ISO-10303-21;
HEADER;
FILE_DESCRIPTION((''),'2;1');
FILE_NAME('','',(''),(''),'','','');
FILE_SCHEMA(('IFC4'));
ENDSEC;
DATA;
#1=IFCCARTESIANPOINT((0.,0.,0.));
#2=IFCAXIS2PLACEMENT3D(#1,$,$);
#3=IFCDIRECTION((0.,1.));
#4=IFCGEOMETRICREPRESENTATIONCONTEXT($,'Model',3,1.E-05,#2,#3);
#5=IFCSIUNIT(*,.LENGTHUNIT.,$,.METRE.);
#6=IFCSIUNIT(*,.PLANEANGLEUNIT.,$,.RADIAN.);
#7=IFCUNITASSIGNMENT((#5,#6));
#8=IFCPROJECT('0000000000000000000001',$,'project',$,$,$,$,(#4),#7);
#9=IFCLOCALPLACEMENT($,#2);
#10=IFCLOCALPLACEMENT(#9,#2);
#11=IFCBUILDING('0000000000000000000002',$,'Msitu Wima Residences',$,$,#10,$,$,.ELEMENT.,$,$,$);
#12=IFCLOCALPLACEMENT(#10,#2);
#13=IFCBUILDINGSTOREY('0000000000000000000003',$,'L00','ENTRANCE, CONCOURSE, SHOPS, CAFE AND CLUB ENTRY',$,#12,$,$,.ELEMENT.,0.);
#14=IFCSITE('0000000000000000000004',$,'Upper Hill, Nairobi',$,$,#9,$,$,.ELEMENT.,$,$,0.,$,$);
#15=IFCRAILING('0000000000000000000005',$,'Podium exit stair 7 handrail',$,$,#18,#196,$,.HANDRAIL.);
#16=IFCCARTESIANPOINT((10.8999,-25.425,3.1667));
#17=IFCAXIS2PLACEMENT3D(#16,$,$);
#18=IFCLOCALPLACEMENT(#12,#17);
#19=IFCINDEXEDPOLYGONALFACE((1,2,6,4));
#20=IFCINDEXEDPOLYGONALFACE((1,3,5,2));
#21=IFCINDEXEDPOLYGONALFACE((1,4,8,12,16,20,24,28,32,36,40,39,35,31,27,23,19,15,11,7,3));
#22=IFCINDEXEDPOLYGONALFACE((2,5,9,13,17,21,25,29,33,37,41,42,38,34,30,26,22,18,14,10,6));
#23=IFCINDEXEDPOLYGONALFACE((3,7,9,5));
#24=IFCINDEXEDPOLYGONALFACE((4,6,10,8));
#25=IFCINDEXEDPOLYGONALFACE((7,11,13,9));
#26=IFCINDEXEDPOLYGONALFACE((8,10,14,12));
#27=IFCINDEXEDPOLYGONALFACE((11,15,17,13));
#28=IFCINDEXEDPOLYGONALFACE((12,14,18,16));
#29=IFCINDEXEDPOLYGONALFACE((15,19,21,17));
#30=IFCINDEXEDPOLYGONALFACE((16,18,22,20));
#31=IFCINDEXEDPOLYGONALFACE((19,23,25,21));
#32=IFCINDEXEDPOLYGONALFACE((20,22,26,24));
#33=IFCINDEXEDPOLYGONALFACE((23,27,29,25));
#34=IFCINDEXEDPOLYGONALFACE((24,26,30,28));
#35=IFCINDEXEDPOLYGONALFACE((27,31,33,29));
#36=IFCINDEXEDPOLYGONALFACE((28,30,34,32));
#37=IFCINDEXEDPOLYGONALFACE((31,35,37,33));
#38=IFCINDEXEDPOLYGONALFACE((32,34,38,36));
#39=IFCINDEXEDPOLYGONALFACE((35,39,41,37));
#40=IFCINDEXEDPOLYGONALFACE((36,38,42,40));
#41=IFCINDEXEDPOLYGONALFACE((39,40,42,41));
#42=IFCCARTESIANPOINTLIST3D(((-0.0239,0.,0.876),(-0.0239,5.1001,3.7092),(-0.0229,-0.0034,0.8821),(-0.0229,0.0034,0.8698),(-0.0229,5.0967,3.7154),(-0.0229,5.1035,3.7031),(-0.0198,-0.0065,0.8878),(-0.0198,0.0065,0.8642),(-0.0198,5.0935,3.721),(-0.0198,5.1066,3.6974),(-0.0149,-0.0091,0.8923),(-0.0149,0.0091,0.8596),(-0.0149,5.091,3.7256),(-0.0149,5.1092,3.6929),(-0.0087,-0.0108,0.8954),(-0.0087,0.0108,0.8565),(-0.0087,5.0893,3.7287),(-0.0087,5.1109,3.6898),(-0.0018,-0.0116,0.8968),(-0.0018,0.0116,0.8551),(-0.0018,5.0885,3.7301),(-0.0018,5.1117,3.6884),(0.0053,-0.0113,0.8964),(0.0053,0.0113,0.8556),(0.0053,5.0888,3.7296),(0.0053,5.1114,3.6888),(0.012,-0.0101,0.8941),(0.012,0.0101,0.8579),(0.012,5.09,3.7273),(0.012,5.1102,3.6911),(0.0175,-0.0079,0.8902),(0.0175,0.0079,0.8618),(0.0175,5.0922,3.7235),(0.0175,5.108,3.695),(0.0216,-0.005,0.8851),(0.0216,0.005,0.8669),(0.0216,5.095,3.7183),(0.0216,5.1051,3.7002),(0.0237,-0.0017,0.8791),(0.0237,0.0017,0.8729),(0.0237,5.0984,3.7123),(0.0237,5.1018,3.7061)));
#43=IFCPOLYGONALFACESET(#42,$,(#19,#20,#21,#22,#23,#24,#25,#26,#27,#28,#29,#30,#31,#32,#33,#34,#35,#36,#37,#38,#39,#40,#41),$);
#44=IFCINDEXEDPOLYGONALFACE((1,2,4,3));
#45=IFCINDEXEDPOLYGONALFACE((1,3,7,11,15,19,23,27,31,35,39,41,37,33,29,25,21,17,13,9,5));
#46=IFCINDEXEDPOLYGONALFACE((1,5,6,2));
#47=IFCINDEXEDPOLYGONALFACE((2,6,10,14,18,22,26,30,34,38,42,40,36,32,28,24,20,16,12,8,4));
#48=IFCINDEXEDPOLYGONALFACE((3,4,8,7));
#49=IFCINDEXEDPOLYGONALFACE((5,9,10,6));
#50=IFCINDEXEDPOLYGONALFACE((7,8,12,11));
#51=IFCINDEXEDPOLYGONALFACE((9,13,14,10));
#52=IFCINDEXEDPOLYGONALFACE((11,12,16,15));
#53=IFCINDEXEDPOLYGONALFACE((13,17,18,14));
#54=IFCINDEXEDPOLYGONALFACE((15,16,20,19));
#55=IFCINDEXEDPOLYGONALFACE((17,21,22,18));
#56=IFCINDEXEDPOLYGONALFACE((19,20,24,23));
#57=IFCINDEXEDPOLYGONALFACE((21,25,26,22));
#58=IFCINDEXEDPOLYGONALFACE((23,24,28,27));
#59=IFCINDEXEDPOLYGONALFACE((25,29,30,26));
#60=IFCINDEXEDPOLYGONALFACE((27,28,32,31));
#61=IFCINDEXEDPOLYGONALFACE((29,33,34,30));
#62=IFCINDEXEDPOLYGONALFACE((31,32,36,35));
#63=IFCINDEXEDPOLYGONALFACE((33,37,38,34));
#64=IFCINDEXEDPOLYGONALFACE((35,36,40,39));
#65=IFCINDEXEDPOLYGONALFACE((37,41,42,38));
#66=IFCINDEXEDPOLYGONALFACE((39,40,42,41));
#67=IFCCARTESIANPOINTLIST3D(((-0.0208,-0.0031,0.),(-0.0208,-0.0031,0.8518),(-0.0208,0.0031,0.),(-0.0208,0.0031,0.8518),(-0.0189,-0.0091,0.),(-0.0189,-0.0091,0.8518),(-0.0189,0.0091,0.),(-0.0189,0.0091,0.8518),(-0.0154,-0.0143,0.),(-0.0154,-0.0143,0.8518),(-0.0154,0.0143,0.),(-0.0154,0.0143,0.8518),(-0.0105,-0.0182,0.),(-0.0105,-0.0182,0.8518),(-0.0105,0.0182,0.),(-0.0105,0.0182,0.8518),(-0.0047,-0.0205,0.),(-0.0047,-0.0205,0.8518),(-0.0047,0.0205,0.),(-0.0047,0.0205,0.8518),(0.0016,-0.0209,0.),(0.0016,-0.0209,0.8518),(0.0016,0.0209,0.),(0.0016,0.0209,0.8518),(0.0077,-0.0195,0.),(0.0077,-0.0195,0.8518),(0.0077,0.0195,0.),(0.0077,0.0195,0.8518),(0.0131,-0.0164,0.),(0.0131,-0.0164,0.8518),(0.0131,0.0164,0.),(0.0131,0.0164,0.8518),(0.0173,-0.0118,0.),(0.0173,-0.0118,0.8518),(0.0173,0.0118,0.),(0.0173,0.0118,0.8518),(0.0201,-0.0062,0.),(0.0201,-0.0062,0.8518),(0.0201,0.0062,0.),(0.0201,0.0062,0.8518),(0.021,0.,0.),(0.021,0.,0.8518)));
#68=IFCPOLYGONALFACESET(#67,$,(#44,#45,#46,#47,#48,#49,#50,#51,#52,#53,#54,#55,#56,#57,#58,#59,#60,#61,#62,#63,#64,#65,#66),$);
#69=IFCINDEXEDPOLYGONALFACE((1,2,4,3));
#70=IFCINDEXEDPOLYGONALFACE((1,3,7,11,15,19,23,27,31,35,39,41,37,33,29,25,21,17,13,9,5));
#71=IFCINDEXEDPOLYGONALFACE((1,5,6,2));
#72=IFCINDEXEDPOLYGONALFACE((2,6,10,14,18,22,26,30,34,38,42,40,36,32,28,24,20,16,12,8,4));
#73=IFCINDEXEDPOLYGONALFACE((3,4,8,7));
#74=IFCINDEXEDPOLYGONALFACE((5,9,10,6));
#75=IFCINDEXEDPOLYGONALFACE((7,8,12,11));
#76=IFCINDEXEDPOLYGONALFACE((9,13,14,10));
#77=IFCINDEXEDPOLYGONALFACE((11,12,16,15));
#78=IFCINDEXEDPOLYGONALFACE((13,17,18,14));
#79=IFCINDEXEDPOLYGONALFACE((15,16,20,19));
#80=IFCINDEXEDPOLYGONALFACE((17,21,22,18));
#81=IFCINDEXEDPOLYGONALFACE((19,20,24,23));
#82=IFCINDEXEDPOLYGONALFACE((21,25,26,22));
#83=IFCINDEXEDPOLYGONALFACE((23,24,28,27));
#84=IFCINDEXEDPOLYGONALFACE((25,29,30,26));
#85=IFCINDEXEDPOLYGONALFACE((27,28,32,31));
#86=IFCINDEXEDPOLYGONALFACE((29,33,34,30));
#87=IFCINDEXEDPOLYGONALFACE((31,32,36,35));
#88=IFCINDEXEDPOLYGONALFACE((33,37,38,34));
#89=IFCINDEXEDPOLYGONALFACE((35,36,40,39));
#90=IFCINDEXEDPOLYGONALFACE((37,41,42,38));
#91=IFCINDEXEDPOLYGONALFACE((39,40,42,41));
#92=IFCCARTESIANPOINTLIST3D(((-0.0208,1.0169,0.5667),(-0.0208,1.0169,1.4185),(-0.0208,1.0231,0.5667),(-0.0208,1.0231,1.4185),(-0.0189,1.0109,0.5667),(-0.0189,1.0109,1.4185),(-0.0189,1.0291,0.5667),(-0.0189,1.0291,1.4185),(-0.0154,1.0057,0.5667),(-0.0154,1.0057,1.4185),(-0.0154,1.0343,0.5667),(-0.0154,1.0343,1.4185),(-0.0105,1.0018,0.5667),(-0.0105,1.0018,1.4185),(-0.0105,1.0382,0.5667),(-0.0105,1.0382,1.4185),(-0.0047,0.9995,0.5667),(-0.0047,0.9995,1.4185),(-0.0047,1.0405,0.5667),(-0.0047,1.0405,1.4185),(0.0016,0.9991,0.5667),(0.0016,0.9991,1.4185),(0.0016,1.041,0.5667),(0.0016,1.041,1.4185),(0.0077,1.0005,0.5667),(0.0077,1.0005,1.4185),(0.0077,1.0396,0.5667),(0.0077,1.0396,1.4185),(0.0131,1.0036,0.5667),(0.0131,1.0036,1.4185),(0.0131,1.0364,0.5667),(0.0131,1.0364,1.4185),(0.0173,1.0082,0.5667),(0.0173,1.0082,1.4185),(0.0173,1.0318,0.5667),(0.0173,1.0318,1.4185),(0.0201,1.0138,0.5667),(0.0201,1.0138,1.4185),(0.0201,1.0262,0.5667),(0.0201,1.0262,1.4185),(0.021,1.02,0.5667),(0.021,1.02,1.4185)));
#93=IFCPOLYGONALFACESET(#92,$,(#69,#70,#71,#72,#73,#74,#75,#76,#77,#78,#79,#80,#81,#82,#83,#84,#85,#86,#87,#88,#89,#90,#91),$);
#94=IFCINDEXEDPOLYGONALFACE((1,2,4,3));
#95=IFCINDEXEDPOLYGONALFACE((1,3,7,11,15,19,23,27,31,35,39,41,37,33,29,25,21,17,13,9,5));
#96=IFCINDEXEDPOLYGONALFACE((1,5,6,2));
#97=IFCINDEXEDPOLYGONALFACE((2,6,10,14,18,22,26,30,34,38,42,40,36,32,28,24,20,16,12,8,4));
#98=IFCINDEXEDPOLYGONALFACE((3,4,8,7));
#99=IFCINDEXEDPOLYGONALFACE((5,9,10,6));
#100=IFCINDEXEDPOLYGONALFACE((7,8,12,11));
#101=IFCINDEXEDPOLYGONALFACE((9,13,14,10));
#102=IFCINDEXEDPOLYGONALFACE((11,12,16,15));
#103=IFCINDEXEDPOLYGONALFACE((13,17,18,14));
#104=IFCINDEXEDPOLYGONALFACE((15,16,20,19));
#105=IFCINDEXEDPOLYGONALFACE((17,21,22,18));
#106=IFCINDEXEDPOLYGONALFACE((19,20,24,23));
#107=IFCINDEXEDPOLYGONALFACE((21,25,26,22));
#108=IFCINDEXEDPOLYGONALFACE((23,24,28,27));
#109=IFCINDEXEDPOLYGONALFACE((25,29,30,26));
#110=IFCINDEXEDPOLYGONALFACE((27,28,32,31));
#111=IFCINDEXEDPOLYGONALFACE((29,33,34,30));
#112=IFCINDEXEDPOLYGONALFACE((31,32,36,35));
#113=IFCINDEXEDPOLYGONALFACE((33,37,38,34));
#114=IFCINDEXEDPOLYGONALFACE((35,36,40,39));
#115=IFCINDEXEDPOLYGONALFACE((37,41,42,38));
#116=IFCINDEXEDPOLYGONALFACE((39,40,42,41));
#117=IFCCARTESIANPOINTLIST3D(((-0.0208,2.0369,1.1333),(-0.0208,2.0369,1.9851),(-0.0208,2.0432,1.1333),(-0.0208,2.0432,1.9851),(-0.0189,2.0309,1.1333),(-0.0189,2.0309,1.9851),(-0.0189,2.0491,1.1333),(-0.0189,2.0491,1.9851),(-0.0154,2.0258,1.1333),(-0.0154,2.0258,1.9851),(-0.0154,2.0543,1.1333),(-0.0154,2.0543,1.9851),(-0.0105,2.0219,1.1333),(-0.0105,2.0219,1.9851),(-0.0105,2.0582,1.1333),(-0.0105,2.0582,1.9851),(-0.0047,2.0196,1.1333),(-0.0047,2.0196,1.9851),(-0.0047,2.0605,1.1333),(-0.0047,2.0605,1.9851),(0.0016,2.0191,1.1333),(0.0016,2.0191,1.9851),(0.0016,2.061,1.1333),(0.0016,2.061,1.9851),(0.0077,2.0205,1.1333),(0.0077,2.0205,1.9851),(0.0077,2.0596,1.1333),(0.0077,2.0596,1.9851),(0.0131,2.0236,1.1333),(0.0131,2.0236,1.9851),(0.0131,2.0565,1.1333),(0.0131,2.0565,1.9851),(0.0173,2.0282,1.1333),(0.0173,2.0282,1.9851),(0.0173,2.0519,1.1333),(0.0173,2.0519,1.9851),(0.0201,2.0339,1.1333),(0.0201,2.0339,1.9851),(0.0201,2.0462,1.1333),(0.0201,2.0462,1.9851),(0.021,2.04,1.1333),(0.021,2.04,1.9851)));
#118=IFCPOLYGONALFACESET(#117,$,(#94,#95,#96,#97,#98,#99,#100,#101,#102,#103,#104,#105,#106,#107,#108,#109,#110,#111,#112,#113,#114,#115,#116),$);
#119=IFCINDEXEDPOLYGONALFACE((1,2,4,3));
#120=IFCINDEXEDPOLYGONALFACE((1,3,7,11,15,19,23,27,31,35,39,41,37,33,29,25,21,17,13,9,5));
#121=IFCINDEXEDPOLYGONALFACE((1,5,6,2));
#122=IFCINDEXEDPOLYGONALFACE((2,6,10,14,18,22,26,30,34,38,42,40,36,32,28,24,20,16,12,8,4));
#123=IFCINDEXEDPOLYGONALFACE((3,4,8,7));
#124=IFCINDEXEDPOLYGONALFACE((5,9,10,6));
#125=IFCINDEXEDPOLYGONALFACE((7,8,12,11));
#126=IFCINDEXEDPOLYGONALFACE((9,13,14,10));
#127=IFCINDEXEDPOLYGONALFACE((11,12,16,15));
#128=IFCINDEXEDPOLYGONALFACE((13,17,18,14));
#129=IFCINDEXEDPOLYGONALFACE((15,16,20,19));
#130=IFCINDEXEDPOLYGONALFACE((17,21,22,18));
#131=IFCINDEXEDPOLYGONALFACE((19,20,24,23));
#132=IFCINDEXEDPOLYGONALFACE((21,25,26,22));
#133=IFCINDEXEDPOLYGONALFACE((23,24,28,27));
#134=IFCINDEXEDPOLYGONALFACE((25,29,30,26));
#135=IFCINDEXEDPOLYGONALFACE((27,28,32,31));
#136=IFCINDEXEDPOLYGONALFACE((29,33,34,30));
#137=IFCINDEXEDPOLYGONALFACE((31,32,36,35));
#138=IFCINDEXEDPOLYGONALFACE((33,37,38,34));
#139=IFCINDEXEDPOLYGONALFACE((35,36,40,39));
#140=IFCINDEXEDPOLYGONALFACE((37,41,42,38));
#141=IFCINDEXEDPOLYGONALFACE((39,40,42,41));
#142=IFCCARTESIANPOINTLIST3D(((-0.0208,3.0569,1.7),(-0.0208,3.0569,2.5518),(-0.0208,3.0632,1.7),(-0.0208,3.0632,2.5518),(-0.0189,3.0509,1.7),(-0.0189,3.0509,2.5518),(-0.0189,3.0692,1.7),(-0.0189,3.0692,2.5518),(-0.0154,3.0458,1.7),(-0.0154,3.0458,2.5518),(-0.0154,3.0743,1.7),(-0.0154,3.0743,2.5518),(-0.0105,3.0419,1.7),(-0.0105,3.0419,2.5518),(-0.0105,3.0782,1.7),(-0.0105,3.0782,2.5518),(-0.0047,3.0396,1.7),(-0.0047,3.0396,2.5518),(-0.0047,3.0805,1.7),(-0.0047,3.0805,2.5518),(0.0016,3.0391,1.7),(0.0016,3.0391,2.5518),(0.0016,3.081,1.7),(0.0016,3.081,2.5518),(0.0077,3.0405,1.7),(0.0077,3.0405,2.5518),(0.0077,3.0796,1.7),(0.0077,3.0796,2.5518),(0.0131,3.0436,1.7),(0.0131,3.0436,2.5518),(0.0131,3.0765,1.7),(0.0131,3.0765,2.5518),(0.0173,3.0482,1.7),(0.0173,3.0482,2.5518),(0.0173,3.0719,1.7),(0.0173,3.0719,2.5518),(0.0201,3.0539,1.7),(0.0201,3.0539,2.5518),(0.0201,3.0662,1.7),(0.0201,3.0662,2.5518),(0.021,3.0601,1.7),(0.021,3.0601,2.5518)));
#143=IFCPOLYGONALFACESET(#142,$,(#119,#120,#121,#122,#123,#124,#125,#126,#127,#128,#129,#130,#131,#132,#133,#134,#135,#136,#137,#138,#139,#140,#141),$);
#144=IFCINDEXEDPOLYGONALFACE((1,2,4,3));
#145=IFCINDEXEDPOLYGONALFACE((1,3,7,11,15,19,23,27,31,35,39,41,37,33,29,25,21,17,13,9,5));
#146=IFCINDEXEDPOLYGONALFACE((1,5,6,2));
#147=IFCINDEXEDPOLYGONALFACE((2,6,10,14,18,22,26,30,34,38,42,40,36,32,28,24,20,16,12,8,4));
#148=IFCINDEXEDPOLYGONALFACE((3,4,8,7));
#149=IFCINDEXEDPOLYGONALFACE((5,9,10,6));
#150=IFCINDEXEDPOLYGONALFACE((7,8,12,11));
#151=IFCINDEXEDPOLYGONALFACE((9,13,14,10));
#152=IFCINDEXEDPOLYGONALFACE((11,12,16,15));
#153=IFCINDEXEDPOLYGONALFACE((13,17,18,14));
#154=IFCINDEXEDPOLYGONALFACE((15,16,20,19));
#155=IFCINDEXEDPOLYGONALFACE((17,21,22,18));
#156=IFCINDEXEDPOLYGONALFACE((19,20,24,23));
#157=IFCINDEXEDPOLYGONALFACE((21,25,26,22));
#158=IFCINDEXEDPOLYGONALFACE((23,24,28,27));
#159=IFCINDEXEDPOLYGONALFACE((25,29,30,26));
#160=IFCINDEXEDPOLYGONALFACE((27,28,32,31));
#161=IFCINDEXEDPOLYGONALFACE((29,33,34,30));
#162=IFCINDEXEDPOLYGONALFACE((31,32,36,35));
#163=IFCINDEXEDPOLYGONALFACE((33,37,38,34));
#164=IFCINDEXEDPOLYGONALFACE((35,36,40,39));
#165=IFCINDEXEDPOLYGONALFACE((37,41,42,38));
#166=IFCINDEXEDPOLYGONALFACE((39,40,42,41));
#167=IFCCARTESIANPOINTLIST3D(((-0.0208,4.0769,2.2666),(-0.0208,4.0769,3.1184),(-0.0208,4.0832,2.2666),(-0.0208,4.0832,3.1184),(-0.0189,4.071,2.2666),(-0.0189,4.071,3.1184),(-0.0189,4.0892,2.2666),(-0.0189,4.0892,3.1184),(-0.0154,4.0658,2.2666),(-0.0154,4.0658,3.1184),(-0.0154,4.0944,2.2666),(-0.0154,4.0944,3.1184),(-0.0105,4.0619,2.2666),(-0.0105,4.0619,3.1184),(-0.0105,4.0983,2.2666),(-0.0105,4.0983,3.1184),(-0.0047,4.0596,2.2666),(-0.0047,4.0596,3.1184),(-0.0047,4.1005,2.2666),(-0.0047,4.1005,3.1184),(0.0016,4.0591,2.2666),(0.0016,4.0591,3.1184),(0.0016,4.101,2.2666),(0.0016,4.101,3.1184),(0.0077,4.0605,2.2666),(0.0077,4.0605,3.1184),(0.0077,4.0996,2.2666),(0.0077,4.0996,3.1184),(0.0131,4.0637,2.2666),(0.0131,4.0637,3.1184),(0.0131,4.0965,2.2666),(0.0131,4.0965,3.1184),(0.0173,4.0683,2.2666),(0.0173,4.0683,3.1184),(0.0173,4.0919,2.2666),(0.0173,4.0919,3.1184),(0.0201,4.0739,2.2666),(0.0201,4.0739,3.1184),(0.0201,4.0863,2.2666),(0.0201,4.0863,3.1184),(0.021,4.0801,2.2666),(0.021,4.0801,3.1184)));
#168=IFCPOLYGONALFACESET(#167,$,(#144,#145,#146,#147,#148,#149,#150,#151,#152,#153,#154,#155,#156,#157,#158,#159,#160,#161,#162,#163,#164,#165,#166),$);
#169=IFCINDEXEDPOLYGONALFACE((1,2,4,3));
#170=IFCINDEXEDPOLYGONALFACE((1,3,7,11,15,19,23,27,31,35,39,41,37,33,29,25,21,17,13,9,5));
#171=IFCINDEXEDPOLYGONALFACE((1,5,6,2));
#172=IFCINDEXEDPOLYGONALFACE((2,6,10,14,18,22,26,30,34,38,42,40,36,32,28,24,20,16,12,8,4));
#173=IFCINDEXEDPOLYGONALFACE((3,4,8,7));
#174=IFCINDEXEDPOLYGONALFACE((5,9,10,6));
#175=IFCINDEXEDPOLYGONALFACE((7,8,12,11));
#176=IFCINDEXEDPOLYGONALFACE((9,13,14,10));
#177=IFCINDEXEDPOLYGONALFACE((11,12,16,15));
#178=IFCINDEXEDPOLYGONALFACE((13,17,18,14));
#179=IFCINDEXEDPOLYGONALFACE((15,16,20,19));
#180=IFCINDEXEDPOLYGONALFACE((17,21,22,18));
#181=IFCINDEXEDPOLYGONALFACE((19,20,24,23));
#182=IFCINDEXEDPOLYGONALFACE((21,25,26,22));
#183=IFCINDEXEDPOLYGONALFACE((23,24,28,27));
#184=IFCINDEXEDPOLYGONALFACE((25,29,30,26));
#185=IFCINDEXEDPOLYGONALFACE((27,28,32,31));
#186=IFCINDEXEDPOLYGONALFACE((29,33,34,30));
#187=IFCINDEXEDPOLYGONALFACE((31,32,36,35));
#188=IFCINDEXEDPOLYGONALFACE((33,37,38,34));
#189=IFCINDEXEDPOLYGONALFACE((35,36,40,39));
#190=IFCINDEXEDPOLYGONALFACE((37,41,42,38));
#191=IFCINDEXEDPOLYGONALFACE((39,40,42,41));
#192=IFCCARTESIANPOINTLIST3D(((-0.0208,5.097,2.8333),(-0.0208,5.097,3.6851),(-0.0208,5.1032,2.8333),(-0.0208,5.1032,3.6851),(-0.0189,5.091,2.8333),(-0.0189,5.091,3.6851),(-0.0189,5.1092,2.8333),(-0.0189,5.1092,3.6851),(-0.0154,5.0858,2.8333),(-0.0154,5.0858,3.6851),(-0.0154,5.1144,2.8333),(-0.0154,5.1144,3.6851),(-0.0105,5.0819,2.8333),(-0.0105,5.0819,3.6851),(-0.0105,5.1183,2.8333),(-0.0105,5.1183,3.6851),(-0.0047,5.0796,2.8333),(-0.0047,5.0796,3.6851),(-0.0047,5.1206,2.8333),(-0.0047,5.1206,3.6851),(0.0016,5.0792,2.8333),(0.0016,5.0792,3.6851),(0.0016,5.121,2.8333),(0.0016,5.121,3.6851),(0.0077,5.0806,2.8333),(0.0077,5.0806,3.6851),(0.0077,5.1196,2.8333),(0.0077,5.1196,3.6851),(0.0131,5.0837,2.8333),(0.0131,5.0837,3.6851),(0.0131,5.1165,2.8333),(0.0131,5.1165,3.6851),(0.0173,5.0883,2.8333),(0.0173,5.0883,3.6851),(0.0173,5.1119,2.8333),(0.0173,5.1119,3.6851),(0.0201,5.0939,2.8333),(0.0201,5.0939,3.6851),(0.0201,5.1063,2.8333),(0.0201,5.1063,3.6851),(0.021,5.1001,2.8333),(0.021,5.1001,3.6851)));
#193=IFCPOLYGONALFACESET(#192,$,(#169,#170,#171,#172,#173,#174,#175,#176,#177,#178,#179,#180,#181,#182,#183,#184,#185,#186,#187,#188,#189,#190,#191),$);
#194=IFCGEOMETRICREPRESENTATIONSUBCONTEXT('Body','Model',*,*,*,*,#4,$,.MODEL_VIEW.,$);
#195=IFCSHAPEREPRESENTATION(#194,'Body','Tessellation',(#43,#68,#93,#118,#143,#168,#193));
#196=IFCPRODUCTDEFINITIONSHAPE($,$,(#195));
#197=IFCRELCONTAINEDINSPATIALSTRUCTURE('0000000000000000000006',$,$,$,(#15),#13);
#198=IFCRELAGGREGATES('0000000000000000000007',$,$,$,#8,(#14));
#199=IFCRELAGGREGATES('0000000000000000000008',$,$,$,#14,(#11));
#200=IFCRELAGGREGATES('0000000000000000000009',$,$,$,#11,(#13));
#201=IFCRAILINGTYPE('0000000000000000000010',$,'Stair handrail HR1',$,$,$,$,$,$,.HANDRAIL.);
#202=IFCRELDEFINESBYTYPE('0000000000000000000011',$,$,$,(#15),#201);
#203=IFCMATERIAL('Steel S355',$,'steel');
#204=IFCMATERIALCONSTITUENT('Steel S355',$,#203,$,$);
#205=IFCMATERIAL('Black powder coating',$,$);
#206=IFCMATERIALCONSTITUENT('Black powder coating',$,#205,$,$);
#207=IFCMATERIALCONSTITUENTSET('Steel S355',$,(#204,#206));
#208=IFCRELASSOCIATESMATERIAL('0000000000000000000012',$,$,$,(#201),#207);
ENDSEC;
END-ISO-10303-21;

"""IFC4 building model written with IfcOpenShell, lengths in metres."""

from ifc_helpers import new_model, si_unit, direction, frame, origin, origin_2d, place, context, subcontext, project, spatial, circle, extrude, material, constituent, constituent_set, type_object, element, save


model = new_model("IFC4")

# Units and contexts
model_context = context("Model", 3, precision=1e-05, world=origin(), true_north=direction((0.0, 1.0)))
body_context = subcontext(model_context, "Body", "Model", "MODEL_VIEW")
ifc_project = project(units=[si_unit("LENGTHUNIT", "METRE"), si_unit("PLANEANGLEUNIT", "RADIAN")], contexts=[model_context])

# Site, building, storey
site_placement = place(None, origin())
site = spatial("IfcSite", under=ifc_project, at=site_placement, Name="Upper Hill, Nairobi", CompositionType="ELEMENT", RefElevation=0.0)
building_placement = place(site_placement, origin())
building = spatial("IfcBuilding", under=site, at=building_placement, Name="Msitu Wima Residences", CompositionType="ELEMENT")
storey_placement = place(building_placement, origin())
storey = spatial("IfcBuildingStorey", under=building, at=storey_placement, Name="L00", Description="ENTRANCE, CONCOURSE, SHOPS, CAFE AND CLUB ENTRY", CompositionType="ELEMENT", Elevation=0.0)

# Railing
ifc_material_1 = material(Name="Steel S355", Category="steel")
ifc_constituent_1 = constituent(ifc_material_1, Name="Steel S355")
ifc_material_2 = material(Name="Black powder coating")
ifc_constituent_2 = constituent(ifc_material_2, Name="Black powder coating")
ifc_constituent_set = constituent_set(constituents=[ifc_constituent_1, ifc_constituent_2], Name="Steel S355")
railing_type = type_object("IfcRailingType", Name="Stair handrail HR1", PredefinedType="HANDRAIL", material=ifc_constituent_set)
for number, where, name in (
    (1, (10.8999, -25.425, 3.1667), "Podium exit stair 7 handrail"),
):
    element("IfcRailing", number, at=place(storey_placement, frame(where)), inside=storey, type_object=railing_type, Name=name, PredefinedType="HANDRAIL", context=body_context, shape_type="SweptSolid", body=[
        extrude(circle(Radius=0.0239, at=origin_2d()), frame((0.0, 0.0, 0.876), z_axis=(0.0, 0.874167, 0.485625), x_axis=(-1.0, 0.0, 0.0)), (0.0, 0.0, 1.0), 5.8342),
        extrude(circle(Radius=0.021, at=origin_2d()), origin(), (0.0, 0.0, 1.0), 0.8518),
        extrude(circle(Radius=0.021, at=origin_2d()), frame((0.0, 1.02, 0.5667)), (0.0, 0.0, 1.0), 0.8518),
        extrude(circle(Radius=0.021, at=origin_2d()), frame((0.0, 2.04, 1.1333)), (0.0, 0.0, 1.0), 0.8518),
        extrude(circle(Radius=0.021, at=origin_2d()), frame((0.0, 3.0601, 1.7)), (0.0, 0.0, 1.0), 0.8518),
        extrude(circle(Radius=0.021, at=origin_2d()), frame((0.0, 4.0801, 2.2666)), (0.0, 0.0, 1.0), 0.8518),
        extrude(circle(Radius=0.021, at=origin_2d()), frame((0.0, 5.1001, 2.8333)), (0.0, 0.0, 1.0), 0.8518),
    ])

save(model, "model.ifc")
